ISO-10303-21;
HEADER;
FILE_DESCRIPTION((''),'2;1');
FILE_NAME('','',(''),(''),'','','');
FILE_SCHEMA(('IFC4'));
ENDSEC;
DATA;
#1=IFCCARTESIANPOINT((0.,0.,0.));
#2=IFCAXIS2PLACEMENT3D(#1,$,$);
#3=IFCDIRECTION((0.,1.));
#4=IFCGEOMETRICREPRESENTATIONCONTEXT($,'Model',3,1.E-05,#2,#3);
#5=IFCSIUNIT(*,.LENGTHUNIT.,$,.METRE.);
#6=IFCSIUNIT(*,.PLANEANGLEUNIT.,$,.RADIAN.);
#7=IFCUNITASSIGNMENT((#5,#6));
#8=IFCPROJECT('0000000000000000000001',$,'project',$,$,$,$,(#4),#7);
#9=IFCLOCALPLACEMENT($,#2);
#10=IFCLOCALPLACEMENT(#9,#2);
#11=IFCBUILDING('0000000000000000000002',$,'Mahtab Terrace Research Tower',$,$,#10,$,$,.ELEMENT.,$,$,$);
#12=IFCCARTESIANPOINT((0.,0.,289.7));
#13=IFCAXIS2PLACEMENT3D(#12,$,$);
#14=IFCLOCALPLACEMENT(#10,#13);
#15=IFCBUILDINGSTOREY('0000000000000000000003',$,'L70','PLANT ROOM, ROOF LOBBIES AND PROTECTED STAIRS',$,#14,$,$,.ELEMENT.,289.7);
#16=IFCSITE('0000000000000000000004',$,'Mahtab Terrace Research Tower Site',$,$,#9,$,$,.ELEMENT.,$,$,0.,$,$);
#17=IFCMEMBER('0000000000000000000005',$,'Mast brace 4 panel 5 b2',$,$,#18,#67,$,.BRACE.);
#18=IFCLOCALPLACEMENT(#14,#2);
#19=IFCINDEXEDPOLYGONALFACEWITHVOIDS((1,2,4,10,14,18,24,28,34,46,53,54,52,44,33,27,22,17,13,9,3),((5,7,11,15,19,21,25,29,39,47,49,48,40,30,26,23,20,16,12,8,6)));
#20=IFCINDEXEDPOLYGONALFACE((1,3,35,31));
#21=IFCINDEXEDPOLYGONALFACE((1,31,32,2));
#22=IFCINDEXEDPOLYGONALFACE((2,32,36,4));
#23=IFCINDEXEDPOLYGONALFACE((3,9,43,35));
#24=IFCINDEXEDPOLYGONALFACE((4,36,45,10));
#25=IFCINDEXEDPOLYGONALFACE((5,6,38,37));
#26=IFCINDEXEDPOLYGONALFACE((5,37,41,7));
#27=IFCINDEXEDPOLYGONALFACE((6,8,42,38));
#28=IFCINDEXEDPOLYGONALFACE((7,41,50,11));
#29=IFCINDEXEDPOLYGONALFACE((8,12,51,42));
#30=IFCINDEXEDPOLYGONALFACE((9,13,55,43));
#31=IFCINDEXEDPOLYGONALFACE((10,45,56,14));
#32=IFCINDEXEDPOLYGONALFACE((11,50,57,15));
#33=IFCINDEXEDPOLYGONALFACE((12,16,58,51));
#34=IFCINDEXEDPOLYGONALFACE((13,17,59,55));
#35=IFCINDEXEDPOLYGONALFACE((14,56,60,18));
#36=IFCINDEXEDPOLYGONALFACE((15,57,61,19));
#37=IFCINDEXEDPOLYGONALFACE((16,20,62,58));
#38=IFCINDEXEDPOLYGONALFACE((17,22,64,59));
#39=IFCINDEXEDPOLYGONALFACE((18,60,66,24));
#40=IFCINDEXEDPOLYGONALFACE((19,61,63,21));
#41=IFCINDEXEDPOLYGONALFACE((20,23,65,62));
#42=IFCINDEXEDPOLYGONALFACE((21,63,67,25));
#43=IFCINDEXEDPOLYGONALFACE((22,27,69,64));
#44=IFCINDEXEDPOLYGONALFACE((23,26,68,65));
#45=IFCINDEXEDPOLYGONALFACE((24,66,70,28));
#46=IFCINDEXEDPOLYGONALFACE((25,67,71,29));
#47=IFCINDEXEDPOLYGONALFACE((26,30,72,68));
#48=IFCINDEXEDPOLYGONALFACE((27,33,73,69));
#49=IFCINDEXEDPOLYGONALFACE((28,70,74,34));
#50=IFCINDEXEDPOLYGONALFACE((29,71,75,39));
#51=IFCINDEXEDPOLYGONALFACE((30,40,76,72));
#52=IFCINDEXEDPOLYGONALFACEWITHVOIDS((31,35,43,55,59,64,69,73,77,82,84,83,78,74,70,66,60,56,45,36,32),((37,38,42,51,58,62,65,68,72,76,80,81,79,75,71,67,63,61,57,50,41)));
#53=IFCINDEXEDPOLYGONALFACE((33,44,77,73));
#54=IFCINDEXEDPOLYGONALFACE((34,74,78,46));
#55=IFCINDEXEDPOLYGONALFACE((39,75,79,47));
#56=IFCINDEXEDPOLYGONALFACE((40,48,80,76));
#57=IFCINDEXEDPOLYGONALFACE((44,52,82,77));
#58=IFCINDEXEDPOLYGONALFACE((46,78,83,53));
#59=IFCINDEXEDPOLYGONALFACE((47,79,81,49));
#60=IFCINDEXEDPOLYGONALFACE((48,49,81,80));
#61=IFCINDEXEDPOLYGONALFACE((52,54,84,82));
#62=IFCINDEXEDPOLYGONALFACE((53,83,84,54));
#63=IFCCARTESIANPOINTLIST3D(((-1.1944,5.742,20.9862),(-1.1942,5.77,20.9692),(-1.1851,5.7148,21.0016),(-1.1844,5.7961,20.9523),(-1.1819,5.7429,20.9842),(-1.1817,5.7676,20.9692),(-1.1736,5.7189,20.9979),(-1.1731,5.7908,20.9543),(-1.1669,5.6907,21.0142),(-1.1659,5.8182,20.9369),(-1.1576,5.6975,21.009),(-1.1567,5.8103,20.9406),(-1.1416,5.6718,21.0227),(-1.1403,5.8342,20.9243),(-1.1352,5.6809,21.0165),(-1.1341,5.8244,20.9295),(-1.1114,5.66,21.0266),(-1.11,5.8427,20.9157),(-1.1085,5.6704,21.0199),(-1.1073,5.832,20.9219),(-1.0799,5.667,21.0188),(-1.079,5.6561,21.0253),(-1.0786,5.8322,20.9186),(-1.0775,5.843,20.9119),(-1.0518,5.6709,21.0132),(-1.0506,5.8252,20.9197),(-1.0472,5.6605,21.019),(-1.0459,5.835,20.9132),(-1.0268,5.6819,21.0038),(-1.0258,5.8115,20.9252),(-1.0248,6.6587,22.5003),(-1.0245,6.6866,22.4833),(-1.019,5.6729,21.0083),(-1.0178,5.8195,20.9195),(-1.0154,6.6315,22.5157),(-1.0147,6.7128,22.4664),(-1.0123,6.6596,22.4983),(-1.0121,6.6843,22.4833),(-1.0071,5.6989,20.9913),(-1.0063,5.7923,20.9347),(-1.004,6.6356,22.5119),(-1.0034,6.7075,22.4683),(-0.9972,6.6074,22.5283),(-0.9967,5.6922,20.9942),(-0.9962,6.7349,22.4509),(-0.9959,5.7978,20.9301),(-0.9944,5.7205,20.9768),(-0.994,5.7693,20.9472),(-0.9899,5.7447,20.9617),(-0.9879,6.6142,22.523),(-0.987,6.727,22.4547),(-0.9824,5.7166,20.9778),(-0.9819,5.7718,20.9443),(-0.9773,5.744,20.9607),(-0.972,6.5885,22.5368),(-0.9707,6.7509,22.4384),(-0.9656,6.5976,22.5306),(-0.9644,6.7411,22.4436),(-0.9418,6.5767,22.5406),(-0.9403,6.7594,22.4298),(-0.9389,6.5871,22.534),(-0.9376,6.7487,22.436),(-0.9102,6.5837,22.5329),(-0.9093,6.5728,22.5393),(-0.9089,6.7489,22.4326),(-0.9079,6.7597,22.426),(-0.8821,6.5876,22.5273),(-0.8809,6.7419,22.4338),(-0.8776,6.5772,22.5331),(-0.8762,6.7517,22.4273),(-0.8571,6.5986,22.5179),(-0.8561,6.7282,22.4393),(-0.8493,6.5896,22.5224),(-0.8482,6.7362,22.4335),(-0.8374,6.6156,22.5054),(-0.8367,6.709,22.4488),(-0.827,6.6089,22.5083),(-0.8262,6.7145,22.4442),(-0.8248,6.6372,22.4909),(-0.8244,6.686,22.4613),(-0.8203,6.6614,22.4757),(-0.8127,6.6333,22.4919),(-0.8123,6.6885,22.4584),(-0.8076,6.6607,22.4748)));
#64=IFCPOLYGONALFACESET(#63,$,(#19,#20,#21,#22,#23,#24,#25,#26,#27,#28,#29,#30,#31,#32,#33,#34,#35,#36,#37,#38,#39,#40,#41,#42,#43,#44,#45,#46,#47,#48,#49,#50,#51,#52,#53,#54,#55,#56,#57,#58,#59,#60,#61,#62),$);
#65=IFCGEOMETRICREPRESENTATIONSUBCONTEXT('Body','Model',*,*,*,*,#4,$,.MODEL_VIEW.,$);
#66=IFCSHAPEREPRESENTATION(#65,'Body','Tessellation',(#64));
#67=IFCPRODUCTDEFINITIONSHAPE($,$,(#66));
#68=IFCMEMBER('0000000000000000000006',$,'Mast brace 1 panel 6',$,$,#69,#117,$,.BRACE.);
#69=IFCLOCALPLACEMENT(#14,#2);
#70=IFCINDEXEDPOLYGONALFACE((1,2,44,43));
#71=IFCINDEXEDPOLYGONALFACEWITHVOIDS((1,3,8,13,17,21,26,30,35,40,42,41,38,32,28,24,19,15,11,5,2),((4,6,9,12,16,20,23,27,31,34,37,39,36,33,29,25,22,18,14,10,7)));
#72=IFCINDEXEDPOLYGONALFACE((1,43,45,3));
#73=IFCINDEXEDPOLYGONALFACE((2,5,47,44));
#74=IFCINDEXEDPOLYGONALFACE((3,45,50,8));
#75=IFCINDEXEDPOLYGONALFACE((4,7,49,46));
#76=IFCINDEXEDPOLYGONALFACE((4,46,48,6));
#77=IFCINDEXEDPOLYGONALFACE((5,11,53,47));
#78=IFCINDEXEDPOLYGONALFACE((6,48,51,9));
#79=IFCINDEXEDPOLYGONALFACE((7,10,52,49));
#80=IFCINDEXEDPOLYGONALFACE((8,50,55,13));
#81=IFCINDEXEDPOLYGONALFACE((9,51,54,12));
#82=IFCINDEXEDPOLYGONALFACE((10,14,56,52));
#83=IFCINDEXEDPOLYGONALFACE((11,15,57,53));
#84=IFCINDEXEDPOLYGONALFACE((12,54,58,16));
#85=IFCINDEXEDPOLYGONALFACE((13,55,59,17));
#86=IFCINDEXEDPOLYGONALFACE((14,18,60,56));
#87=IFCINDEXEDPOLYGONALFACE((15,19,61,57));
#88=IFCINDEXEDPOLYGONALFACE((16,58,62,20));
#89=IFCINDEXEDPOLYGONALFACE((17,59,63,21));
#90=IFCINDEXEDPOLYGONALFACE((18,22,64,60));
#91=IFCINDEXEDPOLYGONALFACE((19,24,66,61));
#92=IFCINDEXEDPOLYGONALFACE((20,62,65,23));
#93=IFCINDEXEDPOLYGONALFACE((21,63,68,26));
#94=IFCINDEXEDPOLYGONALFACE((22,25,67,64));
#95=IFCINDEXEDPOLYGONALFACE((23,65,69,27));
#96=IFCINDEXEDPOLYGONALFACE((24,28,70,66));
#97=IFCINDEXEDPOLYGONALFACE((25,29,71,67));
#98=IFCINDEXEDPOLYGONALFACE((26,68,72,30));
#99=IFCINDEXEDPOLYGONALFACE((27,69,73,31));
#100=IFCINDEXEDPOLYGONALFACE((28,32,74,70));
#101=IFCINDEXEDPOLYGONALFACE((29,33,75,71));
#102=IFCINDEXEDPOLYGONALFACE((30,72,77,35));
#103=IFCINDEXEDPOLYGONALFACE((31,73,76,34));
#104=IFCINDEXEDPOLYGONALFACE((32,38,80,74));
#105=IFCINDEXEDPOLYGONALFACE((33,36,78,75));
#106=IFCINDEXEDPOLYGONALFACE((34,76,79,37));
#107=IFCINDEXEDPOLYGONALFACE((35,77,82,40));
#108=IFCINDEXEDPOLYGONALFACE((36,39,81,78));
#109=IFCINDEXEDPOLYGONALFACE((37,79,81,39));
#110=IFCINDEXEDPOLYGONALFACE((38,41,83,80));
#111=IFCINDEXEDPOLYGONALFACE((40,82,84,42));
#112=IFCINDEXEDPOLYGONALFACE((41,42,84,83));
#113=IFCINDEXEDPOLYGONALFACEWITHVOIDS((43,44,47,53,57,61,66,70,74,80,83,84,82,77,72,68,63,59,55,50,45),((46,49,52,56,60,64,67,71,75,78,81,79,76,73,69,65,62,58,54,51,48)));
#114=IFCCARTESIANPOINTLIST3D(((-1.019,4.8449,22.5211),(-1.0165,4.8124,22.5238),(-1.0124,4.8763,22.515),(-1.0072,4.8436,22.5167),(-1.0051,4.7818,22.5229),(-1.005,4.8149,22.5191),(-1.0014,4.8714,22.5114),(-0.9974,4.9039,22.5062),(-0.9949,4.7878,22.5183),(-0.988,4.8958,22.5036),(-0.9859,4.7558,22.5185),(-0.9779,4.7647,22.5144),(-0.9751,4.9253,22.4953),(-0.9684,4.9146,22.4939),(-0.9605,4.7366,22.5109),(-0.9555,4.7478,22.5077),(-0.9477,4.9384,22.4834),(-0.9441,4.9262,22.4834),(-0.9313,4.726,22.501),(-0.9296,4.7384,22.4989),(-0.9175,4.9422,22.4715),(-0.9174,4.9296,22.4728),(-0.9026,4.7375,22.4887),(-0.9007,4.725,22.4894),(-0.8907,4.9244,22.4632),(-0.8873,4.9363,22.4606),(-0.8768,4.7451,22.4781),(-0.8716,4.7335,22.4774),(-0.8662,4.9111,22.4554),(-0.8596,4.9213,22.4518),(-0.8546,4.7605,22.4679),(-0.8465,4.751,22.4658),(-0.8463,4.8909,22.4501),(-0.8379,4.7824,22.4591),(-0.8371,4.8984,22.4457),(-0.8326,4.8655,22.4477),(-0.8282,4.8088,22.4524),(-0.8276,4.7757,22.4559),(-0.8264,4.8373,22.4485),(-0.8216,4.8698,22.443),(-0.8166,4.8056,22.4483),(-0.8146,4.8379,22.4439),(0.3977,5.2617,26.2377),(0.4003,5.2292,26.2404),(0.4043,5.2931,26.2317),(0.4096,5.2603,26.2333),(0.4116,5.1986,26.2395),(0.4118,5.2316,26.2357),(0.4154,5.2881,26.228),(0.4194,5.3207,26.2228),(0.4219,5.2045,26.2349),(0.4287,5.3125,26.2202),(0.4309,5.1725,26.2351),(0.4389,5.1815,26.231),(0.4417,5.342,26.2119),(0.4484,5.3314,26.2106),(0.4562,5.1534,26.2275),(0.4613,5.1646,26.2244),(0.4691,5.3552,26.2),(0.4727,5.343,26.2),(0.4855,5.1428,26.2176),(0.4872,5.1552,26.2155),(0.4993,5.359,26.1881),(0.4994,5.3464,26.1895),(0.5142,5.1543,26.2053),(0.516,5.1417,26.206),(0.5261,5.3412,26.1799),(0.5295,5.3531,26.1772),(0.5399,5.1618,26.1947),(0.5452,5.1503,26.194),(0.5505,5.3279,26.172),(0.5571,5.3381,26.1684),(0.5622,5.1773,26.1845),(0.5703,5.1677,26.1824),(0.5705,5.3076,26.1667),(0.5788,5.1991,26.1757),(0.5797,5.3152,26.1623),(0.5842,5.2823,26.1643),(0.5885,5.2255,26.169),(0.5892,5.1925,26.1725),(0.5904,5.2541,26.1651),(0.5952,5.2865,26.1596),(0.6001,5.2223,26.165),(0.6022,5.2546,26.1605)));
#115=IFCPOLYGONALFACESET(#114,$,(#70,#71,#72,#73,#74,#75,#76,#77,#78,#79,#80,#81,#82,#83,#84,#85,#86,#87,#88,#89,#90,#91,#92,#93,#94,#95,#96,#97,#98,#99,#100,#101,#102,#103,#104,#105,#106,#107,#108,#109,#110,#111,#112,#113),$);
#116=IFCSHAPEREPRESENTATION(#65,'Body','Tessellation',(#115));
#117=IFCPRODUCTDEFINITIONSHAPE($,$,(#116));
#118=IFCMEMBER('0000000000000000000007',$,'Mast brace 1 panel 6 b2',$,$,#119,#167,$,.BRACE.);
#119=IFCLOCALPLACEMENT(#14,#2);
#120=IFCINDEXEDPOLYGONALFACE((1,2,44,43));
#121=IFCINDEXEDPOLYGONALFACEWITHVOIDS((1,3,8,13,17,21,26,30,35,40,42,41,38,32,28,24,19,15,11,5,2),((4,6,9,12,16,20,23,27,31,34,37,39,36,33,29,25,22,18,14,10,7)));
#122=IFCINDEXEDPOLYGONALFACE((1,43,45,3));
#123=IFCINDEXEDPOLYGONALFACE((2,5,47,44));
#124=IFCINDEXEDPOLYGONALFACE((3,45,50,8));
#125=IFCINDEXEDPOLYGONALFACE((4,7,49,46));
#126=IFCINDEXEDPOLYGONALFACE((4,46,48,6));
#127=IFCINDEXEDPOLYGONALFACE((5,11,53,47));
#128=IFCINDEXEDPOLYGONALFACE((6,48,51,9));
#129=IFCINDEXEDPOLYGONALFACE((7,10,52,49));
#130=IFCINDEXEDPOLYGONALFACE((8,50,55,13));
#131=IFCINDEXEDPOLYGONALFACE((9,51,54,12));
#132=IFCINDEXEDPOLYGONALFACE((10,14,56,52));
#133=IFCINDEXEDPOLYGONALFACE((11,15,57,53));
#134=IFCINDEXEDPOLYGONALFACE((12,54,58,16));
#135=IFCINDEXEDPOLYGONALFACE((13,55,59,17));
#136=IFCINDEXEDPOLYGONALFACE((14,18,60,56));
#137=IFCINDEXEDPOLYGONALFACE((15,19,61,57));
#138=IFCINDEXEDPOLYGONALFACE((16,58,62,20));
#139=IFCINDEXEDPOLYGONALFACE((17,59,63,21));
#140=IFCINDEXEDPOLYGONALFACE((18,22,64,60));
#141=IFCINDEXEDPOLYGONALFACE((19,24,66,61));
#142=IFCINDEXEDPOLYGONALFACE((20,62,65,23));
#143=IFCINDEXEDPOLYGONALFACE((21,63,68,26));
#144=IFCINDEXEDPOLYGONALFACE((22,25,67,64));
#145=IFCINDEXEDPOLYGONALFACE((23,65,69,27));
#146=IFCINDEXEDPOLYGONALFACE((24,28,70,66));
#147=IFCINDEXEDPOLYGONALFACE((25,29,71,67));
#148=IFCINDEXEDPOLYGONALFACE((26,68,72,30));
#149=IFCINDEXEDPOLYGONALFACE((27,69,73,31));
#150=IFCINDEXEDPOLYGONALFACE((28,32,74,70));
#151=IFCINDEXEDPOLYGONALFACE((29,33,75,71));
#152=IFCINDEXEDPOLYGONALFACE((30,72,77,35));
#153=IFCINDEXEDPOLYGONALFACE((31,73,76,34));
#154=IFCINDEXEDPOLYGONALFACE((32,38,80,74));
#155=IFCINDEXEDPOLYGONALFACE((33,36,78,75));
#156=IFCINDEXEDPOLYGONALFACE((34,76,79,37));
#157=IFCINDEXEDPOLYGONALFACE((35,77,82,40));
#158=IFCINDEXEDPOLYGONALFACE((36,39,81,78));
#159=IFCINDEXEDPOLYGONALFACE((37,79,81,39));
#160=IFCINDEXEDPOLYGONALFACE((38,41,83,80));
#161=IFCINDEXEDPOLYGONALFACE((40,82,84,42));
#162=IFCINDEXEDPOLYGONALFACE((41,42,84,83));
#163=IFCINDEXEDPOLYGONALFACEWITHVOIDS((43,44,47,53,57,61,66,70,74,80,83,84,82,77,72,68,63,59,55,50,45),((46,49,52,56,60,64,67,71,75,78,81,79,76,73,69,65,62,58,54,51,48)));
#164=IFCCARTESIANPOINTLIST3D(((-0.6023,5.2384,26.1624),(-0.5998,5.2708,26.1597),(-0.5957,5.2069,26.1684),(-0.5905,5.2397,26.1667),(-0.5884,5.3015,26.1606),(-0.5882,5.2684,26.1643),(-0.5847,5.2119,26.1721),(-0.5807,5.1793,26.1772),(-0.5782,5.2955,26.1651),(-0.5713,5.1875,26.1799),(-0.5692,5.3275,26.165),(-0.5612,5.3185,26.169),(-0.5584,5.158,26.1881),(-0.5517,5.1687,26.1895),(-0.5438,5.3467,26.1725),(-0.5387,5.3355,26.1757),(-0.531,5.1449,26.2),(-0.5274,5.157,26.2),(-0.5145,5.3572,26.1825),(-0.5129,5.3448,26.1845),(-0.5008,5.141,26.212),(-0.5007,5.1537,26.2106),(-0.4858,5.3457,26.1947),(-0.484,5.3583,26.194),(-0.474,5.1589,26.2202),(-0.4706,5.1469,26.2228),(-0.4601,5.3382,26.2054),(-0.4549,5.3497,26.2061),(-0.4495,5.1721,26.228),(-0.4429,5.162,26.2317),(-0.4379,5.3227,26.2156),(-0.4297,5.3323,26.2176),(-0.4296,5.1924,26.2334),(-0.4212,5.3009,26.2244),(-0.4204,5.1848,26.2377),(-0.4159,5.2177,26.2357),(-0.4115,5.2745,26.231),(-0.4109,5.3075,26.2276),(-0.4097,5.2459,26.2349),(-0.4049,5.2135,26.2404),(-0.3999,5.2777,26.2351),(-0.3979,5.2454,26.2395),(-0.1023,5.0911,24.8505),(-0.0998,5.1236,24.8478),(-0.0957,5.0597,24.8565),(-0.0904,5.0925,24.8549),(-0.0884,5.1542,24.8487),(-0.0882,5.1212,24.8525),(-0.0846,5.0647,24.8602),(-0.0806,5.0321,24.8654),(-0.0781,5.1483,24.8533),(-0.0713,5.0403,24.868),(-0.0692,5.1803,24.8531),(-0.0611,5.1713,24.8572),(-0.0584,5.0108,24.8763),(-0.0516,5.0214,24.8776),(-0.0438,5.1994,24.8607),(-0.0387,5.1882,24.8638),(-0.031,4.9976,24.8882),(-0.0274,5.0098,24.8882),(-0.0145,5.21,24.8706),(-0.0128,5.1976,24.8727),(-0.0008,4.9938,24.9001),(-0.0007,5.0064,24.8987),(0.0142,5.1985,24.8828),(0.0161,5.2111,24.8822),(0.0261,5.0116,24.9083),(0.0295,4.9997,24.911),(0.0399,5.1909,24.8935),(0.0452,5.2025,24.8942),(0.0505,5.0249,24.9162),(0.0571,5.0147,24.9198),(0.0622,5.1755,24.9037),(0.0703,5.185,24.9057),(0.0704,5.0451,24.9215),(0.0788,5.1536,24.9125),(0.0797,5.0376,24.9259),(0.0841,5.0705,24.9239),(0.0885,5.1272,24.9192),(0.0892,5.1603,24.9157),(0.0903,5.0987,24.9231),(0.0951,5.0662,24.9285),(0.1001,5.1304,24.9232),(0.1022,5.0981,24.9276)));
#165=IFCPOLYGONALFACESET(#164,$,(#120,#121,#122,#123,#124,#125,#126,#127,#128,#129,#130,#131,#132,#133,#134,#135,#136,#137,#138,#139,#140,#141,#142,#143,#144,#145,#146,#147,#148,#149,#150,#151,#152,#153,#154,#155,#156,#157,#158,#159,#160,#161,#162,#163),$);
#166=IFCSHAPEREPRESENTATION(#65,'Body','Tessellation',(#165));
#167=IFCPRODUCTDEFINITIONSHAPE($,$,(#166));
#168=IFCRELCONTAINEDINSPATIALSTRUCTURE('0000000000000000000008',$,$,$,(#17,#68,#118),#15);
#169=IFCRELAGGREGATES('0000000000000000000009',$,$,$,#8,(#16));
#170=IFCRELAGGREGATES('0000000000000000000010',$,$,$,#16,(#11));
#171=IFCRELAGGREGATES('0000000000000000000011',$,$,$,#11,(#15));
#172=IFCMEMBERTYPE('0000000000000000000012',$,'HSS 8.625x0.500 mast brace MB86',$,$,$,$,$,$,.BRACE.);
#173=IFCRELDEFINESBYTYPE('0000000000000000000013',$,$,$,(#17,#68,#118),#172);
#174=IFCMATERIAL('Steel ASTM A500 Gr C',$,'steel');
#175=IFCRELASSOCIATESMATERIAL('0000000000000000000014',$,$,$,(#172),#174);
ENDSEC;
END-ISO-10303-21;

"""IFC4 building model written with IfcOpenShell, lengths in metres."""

from ifc_helpers import new_model, si_unit, direction, frame, origin, origin_2d, place, context, subcontext, project, spatial, hollow_circle, extrude, material, material_profile, profile_set, type_object, element, save


model = new_model("IFC4")

# Units and contexts
model_context = context("Model", 3, precision=1e-05, world=origin(), true_north=direction((0.0, 1.0)))
body_context = subcontext(model_context, "Body", "Model", "MODEL_VIEW")
ifc_project = project(units=[si_unit("LENGTHUNIT", "METRE"), si_unit("PLANEANGLEUNIT", "RADIAN")], contexts=[model_context])

# Site, building, storey
site_placement = place(None, origin())
site = spatial("IfcSite", under=ifc_project, at=site_placement, Name="Mahtab Terrace Research Tower Site", CompositionType="ELEMENT", RefElevation=0.0)
building_placement = place(site_placement, origin())
building = spatial("IfcBuilding", under=site, at=building_placement, Name="Mahtab Terrace Research Tower", CompositionType="ELEMENT")
storey_placement = place(building_placement, frame((0.0, 0.0, 289.7)))
storey = spatial("IfcBuildingStorey", under=building, at=storey_placement, Name="L70", Description="PLANT ROOM, ROOF LOBBIES AND PROTECTED STAIRS", CompositionType="ELEMENT", Elevation=289.7)

# Members
ifc_material_1 = material(Name="Steel ASTM A500 Gr C", Category="steel")
ifc_material_profile_1 = material_profile(ifc_material_1, hollow_circle(Radius=0.1096, WallThickness=0.0127, at=origin_2d()), Name="HSS8.625X0.500")
ifc_profile_set_1 = profile_set([ifc_material_profile_1], Name="Steel ASTM A500 Gr C")
member_type_1 = type_object("IfcMemberType", Name="HSS 8.625x0.500 mast brace MB86", PredefinedType="BRACE", material=ifc_profile_set_1)
for number, where, z_axis, x_axis, name in (
    (1, (-1.0864, 5.75, 20.9692), (0.095423, 0.515556, 0.851526), (-0.983299, 0.181995, 0.0), "Mast brace 4 panel 5 b2"),
):
    element("IfcMember", number, at=place(storey_placement, frame(where, z_axis=z_axis, x_axis=x_axis)), inside=storey, type_object=member_type_1, Name=name, PredefinedType="BRACE", context=body_context, shape_type="SweptSolid", body=[
        extrude(hollow_circle(Radius=0.1096, WallThickness=0.0127, at=origin_2d()), origin(), (0.0, 0.0, 1.0), 1.7781),
    ])
member_1_placement = place(storey_placement, frame((-0.9167, 4.8333, 22.4834), z_axis=(0.354258, 0.104208, 0.929324), x_axis=(-0.282202, 0.959355, 0.0)))
element("IfcMember", 2, at=member_1_placement, inside=storey, type_object=member_type_1, Name="Mast brace 1 panel 6", PredefinedType="BRACE", context=body_context, shape_type="SweptSolid", body=[
    extrude(hollow_circle(Radius=0.1096, WallThickness=0.0127, at=origin_2d()), origin(), (0.0, 0.0, 1.0), 3.9993),
])
member_2_placement = place(storey_placement, frame((0.0, 5.1028, 24.8882), z_axis=(-0.354226, 0.104296, 0.929326), x_axis=(-0.282445, -0.959283, 0.0)))
element("IfcMember", 3, at=member_2_placement, inside=storey, type_object=member_type_1, Name="Mast brace 1 panel 6 b2", PredefinedType="BRACE", context=body_context, shape_type="SweptSolid", body=[
    extrude(hollow_circle(Radius=0.1096, WallThickness=0.0127, at=origin_2d()), origin(), (0.0, 0.0, 1.0), 1.4116),
])

save(model, "model.ifc")
